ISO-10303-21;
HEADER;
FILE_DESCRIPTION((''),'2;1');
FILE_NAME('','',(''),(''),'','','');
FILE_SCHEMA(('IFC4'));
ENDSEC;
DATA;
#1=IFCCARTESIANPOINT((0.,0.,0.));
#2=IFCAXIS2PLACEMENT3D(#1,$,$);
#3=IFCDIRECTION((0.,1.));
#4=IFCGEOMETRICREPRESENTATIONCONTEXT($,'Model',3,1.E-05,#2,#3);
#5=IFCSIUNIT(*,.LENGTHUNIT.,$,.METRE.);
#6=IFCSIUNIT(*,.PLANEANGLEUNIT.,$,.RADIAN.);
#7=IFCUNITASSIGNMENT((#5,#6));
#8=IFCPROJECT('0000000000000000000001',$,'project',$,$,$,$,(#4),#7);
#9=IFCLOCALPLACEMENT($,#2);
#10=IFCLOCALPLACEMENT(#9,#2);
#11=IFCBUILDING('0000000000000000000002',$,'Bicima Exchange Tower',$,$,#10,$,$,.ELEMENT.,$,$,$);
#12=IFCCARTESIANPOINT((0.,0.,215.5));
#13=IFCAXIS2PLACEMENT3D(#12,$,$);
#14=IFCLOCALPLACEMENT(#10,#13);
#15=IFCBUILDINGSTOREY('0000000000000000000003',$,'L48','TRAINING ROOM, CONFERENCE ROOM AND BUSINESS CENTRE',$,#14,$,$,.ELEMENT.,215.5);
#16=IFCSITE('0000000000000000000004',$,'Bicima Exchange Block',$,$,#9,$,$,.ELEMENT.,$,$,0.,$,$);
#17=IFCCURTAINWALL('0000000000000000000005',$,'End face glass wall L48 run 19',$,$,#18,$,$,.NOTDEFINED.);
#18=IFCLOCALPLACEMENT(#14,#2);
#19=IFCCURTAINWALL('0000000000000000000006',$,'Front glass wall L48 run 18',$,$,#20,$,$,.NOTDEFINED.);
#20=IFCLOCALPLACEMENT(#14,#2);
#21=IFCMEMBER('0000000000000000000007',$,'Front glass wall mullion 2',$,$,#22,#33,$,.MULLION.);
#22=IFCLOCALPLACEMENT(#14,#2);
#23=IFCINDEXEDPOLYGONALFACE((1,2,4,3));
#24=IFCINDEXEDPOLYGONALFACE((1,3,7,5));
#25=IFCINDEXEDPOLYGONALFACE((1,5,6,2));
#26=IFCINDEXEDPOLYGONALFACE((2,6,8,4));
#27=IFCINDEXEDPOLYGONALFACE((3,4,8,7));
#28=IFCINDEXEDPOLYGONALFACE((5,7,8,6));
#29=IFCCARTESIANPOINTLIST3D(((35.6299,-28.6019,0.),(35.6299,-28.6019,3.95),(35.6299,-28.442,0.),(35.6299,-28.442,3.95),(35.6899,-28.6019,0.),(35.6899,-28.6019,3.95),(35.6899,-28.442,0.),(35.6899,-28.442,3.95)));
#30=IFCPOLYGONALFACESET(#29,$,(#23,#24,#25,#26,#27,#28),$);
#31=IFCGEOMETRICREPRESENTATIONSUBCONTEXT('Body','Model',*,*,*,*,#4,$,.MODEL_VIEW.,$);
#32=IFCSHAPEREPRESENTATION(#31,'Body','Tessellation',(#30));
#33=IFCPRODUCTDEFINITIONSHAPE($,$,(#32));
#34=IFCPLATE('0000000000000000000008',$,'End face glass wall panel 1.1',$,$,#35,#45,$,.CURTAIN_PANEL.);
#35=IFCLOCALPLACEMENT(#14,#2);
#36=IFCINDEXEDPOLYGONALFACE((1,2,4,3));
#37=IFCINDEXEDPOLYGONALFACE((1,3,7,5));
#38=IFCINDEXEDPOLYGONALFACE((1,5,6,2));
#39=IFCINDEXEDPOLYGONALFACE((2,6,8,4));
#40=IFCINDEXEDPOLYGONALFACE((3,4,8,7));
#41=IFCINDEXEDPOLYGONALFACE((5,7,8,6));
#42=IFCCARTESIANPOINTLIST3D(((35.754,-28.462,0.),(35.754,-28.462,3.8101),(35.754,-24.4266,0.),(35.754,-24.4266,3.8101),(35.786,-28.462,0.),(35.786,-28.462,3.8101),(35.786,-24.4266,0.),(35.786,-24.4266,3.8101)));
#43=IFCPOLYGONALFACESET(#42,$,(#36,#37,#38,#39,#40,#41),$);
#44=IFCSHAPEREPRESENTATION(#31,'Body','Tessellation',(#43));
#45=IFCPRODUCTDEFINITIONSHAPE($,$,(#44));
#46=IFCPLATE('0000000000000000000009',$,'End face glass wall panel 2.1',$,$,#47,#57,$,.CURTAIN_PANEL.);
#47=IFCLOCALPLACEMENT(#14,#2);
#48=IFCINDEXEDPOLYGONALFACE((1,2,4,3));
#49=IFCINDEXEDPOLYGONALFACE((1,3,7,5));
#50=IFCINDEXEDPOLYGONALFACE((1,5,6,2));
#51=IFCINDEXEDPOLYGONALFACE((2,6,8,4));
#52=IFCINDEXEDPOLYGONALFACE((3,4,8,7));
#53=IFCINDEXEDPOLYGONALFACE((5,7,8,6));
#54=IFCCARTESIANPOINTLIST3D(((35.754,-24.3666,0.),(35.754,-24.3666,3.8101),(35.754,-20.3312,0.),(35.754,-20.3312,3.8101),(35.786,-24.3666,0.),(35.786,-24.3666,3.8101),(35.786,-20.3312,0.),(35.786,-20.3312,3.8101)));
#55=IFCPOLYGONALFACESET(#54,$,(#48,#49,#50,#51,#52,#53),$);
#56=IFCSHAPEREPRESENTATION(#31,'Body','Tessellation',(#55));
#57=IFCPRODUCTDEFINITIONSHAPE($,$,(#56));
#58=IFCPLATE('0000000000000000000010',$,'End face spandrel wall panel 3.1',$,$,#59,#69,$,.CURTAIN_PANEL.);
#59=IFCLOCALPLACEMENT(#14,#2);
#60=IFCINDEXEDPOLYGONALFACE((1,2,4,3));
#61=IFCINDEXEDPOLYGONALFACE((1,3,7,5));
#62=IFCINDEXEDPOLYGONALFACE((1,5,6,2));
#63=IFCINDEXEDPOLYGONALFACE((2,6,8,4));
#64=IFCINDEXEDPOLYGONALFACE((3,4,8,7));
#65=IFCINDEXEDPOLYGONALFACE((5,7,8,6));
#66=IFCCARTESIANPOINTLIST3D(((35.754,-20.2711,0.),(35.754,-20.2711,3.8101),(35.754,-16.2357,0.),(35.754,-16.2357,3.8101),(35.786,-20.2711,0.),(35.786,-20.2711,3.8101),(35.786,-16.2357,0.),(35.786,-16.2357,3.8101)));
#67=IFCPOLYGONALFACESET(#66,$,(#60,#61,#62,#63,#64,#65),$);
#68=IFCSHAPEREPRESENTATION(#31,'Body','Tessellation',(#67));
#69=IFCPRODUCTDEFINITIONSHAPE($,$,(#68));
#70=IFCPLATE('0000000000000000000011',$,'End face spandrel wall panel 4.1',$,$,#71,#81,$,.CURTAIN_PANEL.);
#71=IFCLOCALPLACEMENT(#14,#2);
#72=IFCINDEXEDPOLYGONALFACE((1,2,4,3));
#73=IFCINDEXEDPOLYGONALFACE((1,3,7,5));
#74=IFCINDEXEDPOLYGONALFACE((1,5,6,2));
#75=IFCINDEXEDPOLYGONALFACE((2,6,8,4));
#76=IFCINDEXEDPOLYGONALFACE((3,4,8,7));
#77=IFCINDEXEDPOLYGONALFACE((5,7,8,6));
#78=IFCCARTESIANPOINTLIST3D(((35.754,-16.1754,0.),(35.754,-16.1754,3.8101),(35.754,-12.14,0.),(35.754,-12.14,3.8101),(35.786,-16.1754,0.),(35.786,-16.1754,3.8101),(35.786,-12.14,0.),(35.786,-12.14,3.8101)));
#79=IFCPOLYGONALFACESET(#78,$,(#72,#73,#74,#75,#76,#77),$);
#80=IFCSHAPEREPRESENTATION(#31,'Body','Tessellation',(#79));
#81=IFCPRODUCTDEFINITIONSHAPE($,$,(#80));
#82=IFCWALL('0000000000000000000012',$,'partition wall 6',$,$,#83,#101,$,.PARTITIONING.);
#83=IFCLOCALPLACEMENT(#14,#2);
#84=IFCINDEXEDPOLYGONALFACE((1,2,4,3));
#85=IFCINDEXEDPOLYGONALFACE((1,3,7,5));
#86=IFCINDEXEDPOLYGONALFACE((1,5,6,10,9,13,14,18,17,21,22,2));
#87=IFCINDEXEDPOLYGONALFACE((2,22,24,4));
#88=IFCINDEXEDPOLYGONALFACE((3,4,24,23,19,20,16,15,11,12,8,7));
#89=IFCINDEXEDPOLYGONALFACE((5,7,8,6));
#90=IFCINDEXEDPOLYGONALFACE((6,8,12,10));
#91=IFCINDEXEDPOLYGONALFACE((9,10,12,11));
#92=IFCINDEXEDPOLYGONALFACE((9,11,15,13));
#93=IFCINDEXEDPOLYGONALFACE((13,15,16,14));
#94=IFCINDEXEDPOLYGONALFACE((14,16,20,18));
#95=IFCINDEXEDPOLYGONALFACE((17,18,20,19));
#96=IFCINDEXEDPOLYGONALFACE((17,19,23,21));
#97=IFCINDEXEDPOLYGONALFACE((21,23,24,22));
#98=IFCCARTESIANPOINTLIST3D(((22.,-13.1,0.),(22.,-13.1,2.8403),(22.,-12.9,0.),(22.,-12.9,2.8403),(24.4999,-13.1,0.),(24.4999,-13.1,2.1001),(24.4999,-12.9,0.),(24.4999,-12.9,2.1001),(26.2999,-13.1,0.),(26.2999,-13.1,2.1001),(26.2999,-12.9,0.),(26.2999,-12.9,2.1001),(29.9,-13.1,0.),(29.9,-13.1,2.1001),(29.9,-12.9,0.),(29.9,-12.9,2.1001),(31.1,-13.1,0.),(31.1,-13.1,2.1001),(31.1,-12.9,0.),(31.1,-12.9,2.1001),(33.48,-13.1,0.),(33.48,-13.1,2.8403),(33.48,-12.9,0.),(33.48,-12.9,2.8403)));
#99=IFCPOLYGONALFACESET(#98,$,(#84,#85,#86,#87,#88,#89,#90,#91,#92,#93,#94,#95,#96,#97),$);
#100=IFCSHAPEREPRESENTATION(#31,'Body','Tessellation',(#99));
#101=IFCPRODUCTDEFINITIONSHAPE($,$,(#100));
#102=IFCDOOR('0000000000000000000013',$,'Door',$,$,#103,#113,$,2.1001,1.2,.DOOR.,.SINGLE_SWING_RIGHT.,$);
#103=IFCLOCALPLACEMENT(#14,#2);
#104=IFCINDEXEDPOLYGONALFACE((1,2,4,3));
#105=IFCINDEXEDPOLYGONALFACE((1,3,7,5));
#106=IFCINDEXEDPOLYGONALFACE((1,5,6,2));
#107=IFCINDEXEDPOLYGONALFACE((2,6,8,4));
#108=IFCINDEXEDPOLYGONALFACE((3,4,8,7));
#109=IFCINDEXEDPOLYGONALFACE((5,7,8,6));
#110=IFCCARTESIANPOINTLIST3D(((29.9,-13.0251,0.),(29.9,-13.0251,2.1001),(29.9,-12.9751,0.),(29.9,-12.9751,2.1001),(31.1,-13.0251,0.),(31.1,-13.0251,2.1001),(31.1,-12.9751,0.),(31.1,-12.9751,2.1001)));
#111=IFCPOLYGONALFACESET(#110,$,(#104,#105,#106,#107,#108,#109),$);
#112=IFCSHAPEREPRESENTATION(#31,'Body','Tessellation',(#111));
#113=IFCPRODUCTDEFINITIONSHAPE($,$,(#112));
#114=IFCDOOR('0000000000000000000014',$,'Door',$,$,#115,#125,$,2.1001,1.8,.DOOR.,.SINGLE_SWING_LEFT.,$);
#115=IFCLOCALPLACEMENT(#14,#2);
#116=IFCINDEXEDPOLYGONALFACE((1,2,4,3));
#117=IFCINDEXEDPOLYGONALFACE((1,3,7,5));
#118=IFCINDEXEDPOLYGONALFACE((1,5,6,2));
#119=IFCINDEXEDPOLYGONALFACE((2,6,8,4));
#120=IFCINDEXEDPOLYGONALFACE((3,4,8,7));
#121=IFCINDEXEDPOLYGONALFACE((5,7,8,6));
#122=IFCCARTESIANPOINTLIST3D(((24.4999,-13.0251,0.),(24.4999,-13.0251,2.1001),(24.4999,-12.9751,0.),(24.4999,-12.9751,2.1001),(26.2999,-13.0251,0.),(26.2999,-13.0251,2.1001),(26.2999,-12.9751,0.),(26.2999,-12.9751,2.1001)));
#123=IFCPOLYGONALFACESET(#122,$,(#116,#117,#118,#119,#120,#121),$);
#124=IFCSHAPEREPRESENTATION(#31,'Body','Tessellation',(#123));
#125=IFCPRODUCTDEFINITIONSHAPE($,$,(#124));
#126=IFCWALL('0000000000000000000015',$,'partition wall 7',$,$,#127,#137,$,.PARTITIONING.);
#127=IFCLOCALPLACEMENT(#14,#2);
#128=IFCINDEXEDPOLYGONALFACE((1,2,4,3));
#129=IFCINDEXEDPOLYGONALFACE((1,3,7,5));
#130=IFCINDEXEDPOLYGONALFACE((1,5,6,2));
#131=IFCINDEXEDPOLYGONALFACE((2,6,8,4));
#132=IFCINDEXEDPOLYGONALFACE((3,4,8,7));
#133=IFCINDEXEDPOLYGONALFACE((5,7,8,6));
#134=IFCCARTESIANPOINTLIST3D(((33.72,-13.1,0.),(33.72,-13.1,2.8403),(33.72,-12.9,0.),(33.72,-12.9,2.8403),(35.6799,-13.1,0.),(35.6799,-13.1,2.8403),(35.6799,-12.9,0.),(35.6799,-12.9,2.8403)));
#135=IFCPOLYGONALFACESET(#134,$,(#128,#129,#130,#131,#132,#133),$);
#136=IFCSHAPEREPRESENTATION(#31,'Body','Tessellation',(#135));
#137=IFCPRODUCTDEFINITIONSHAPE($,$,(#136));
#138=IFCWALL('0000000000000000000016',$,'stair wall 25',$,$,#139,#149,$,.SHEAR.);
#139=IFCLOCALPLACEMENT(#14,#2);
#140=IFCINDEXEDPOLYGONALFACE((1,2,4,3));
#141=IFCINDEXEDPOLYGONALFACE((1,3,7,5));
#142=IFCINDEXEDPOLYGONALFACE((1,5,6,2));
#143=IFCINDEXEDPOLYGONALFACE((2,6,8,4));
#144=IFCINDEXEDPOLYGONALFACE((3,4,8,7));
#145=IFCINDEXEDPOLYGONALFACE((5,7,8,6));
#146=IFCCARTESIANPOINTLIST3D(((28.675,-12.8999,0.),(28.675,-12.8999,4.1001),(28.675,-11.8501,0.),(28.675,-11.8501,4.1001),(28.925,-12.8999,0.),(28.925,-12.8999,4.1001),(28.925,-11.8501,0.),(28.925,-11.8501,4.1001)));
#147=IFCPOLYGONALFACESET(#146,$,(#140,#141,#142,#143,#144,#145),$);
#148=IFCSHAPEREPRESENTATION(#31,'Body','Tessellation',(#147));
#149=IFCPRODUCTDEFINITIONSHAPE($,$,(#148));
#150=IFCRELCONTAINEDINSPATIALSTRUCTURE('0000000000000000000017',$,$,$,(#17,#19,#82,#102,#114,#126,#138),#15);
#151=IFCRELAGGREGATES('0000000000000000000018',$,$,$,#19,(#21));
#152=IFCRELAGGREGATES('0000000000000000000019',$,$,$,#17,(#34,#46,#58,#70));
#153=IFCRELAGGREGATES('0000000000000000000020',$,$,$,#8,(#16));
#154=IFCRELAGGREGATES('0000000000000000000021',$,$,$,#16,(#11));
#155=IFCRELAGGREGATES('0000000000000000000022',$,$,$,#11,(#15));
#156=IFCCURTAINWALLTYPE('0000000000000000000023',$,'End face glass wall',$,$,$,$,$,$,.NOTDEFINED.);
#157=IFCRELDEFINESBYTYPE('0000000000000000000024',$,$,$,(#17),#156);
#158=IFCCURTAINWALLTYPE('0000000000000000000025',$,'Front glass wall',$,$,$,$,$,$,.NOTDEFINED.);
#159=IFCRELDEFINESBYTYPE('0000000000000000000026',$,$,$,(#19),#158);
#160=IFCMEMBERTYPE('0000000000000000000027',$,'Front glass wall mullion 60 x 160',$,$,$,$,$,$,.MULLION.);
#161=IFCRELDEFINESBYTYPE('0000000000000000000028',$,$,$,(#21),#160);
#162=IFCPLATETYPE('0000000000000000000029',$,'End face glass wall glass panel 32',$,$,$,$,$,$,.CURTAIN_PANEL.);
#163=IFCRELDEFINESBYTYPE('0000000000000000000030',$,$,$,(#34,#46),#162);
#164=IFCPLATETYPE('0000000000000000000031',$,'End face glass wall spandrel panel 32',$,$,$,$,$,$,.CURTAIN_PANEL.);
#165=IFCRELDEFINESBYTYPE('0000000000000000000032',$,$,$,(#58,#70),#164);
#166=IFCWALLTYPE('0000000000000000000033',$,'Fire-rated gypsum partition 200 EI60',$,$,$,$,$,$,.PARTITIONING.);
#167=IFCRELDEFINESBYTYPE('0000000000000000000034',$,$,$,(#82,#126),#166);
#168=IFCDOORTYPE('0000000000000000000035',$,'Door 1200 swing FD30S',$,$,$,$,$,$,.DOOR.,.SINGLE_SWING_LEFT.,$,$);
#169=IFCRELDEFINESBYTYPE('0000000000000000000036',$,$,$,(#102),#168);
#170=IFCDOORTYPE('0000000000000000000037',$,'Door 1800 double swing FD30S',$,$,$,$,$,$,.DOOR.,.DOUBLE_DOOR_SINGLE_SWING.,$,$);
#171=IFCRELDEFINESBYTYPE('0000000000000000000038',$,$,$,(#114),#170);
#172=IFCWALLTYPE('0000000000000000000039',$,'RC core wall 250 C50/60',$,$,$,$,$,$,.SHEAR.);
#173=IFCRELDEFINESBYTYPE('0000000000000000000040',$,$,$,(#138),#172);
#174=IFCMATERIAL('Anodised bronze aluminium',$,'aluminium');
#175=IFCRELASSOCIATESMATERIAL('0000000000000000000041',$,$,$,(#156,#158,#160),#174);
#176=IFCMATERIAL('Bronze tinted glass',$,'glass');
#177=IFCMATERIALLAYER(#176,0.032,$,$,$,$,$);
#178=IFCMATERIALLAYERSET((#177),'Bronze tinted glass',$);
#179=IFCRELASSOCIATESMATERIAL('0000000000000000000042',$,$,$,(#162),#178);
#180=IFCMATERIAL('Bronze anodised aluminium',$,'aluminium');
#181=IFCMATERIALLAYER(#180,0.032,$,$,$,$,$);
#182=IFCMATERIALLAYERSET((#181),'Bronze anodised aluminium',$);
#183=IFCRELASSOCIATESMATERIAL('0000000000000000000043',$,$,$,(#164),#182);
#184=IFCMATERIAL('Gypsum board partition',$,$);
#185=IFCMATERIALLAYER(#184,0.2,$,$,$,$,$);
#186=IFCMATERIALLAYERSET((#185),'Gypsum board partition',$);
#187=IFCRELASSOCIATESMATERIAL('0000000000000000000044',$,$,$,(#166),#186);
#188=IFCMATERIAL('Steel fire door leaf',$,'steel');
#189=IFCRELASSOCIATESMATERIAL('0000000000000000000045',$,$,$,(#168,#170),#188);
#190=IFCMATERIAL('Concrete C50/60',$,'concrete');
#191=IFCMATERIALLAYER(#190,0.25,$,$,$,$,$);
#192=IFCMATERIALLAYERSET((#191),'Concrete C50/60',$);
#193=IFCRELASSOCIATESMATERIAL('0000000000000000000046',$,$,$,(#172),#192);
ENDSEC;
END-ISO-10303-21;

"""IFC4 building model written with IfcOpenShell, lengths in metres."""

from ifc_helpers import new_model, si_unit, direction, frame, frame_2d, origin, origin_2d, place, context, subcontext, project, spatial, rectangle, extrude, material, layer, layer_set, material_profile, profile_set, type_object, element, fill, aggregate, save


model = new_model("IFC4")

# Units and contexts
model_context = context("Model", 3, precision=1e-05, world=origin(), true_north=direction((0.0, 1.0)))
body_context = subcontext(model_context, "Body", "Model", "MODEL_VIEW")
ifc_project = project(units=[si_unit("LENGTHUNIT", "METRE"), si_unit("PLANEANGLEUNIT", "RADIAN")], contexts=[model_context])

# Site, building, storey
site_placement = place(None, origin())
site = spatial("IfcSite", under=ifc_project, at=site_placement, Name="Bicima Exchange Block", CompositionType="ELEMENT", RefElevation=0.0)
building_placement = place(site_placement, origin())
building = spatial("IfcBuilding", under=site, at=building_placement, Name="Bicima Exchange Tower", CompositionType="ELEMENT")
storey_placement = place(building_placement, frame((0.0, 0.0, 215.5)))
storey = spatial("IfcBuildingStorey", under=building, at=storey_placement, Name="L48", Description="TRAINING ROOM, CONFERENCE ROOM AND BUSINESS CENTRE", CompositionType="ELEMENT", Elevation=215.5)

# Curtain wall
ifc_material_1 = material(Name="Anodised bronze aluminium", Category="aluminium")
curtain_wall_type_1 = type_object("IfcCurtainWallType", Name="End face glass wall", PredefinedType="NOTDEFINED", material=ifc_material_1)
curtain_wall_1_placement = place(storey_placement, origin())
curtain_wall_1 = element("IfcCurtainWall", 1, at=curtain_wall_1_placement, inside=storey, type_object=curtain_wall_type_1, Name="End face glass wall L48 run 19", PredefinedType="NOTDEFINED")
ifc_material_profile_1 = material_profile(ifc_material_1, rectangle(XDim=0.1599, YDim=0.0601, at=origin_2d()))
ifc_profile_set_1 = profile_set([ifc_material_profile_1], Name="Anodised bronze aluminium")

# Curtain wall, member
curtain_wall_type_2 = type_object("IfcCurtainWallType", Name="Front glass wall", PredefinedType="NOTDEFINED", material=ifc_material_1)
curtain_wall_2_placement = place(storey_placement, origin())
curtain_wall_2 = element("IfcCurtainWall", 2, at=curtain_wall_2_placement, inside=storey, type_object=curtain_wall_type_2, Name="Front glass wall L48 run 18", PredefinedType="NOTDEFINED")
member_type_1 = type_object("IfcMemberType", Name="Front glass wall mullion 60 x 160", PredefinedType="MULLION", material=ifc_profile_set_1)
member_1_placement = place(storey_placement, frame((35.6599, -28.522, 0.0), z_axis=(0.0, 0.0, 1.0), x_axis=(0.0, 1.0, 0.0)))
member_1 = element("IfcMember", 3, at=member_1_placement, type_object=member_type_1, Name="Front glass wall mullion 2", PredefinedType="MULLION", context=body_context, shape_type="SweptSolid", body=[
    extrude(rectangle(XDim=0.1599, YDim=0.0601, at=origin_2d()), origin(), (0.0, 0.0, 1.0), 3.95),
])
aggregate(curtain_wall_2, [member_1])

# Plates
ifc_material_2 = material(Name="Bronze tinted glass", Category="glass")
ifc_layer_1 = layer(ifc_material_2, 0.032)
ifc_layer_set_1 = layer_set([ifc_layer_1], Name="Bronze tinted glass")
plate_type_1 = type_object("IfcPlateType", Name="End face glass wall glass panel 32", PredefinedType="CURTAIN_PANEL", material=ifc_layer_set_1)
plate_1_placement = place(storey_placement, frame((35.77, -26.4443, 0.0), z_axis=(0.0, 0.0, 1.0), x_axis=(0.0, 1.0, 0.0)))
plate_1 = element("IfcPlate", 4, at=plate_1_placement, type_object=plate_type_1, Name="End face glass wall panel 1.1", PredefinedType="CURTAIN_PANEL", context=body_context, shape_type="SweptSolid", body=[
    extrude(rectangle(XDim=4.0354, YDim=0.032, at=origin_2d()), origin(), (0.0, 0.0, 1.0), 3.8101),
])
plate_2_placement = place(storey_placement, frame((35.77, -22.3489, 0.0), z_axis=(0.0, 0.0, 1.0), x_axis=(0.0, 1.0, 0.0)))
plate_2 = element("IfcPlate", 5, at=plate_2_placement, type_object=plate_type_1, Name="End face glass wall panel 2.1", PredefinedType="CURTAIN_PANEL", context=body_context, shape_type="SweptSolid", body=[
    extrude(rectangle(XDim=4.0354, YDim=0.032, at=origin_2d()), origin(), (0.0, 0.0, 1.0), 3.8101),
])
ifc_material_3 = material(Name="Bronze anodised aluminium", Category="aluminium")
ifc_layer_2 = layer(ifc_material_3, 0.032)
ifc_layer_set_2 = layer_set([ifc_layer_2], Name="Bronze anodised aluminium")
plate_type_2 = type_object("IfcPlateType", Name="End face glass wall spandrel panel 32", PredefinedType="CURTAIN_PANEL", material=ifc_layer_set_2)
plate_3_placement = place(storey_placement, frame((35.77, -18.2534, 0.0), z_axis=(0.0, 0.0, 1.0), x_axis=(0.0, 1.0, 0.0)))
plate_3 = element("IfcPlate", 6, at=plate_3_placement, type_object=plate_type_2, Name="End face spandrel wall panel 3.1", PredefinedType="CURTAIN_PANEL", context=body_context, shape_type="SweptSolid", body=[
    extrude(rectangle(XDim=4.0354, YDim=0.032, at=origin_2d()), origin(), (0.0, 0.0, 1.0), 3.8101),
])
plate_4_placement = place(storey_placement, frame((35.77, -14.1577, 0.0), z_axis=(0.0, 0.0, 1.0), x_axis=(0.0, 1.0, 0.0)))
plate_4 = element("IfcPlate", 7, at=plate_4_placement, type_object=plate_type_2, Name="End face spandrel wall panel 4.1", PredefinedType="CURTAIN_PANEL", context=body_context, shape_type="SweptSolid", body=[
    extrude(rectangle(XDim=4.0354, YDim=0.032, at=origin_2d()), origin(), (0.0, 0.0, 1.0), 3.8101),
])
aggregate(curtain_wall_1, [plate_1, plate_2, plate_3, plate_4])

# Wall, openings, doors
ifc_material_4 = material(Name="Gypsum board partition")
ifc_layer_3 = layer(ifc_material_4, 0.2)
ifc_layer_set_3 = layer_set([ifc_layer_3], Name="Gypsum board partition")
wall_type_1 = type_object("IfcWallType", Name="Fire-rated gypsum partition 200 EI60", PredefinedType="PARTITIONING", material=ifc_layer_set_3)
wall_1_placement = place(storey_placement, frame((22.0, -13.0, 0.0), z_axis=(0.0, 0.0, 1.0), x_axis=(1.0, 0.0, 0.0)))
wall_1 = element("IfcWall", 8, at=wall_1_placement, inside=storey, type_object=wall_type_1, Name="partition wall 6", PredefinedType="PARTITIONING", context=body_context, shape_type="SweptSolid", body=[
    extrude(rectangle(XDim=11.48, YDim=0.2, at=frame_2d((5.74, 0.0))), origin(), (0.0, 0.0, 1.0), 2.8403),
])
opening_1_placement = place(wall_1_placement, frame((7.8999, 0.0, 0.0)))
opening_1 = element("IfcOpeningElement", 9, at=opening_1_placement, cuts=wall_1, PredefinedType="OPENING", context=body_context, shape_type="SweptSolid", body=[
    extrude(rectangle(XDim=1.2, YDim=2.1001, at=frame_2d((0.6001, 1.05))), frame((0.0, 0.1118, 0.0), z_axis=(0.0, -1.0, 0.0), x_axis=(1.0, 0.0, 0.0)), (0.0, 0.0, 1.0), 0.2239),
])
opening_2_placement = place(wall_1_placement, frame((2.5, 0.0, 0.0)))
opening_2 = element("IfcOpeningElement", 10, at=opening_2_placement, cuts=wall_1, PredefinedType="OPENING", context=body_context, shape_type="SweptSolid", body=[
    extrude(rectangle(XDim=1.8, YDim=2.1001, at=frame_2d((0.8999, 1.05))), frame((0.0, 0.1118, 0.0), z_axis=(0.0, -1.0, 0.0), x_axis=(1.0, 0.0, 0.0)), (0.0, 0.0, 1.0), 0.2239),
])
ifc_material_5 = material(Name="Steel fire door leaf", Category="steel")
door_type_1 = type_object("IfcDoorType", Name="Door 1200 swing FD30S", OperationType="SINGLE_SWING_LEFT", PredefinedType="DOOR", material=ifc_material_5)
door_1_placement = place(opening_1_placement, origin())
door_1 = element("IfcDoor", 11, at=door_1_placement, inside=storey, type_object=door_type_1, Name="Door", OperationType="SINGLE_SWING_RIGHT", OverallHeight=2.1001, OverallWidth=1.2, PredefinedType="DOOR", context=body_context, shape_type="SweptSolid", body=[
    extrude(rectangle(XDim=1.2, YDim=2.1001, at=frame_2d((0.6001, 1.05))), frame((0.0, 0.0249, 0.0), z_axis=(0.0, -1.0, 0.0), x_axis=(1.0, 0.0, 0.0)), (0.0, 0.0, 1.0), 0.05),
])
fill(opening_1, door_1)
door_type_2 = type_object("IfcDoorType", Name="Door 1800 double swing FD30S", OperationType="DOUBLE_DOOR_SINGLE_SWING", PredefinedType="DOOR", material=ifc_material_5)
door_2_placement = place(opening_2_placement, origin())
door_2 = element("IfcDoor", 12, at=door_2_placement, inside=storey, type_object=door_type_2, Name="Door", OperationType="SINGLE_SWING_LEFT", OverallHeight=2.1001, OverallWidth=1.8, PredefinedType="DOOR", context=body_context, shape_type="SweptSolid", body=[
    extrude(rectangle(XDim=1.8, YDim=2.1001, at=frame_2d((0.8999, 1.05))), frame((0.0, 0.0249, 0.0), z_axis=(0.0, -1.0, 0.0), x_axis=(1.0, 0.0, 0.0)), (0.0, 0.0, 1.0), 0.05),
])
fill(opening_2, door_2)

# Walls
wall_2_placement = place(storey_placement, frame((33.72, -13.0, 0.0), z_axis=(0.0, 0.0, 1.0), x_axis=(1.0, 0.0, 0.0)))
element("IfcWall", 13, at=wall_2_placement, inside=storey, type_object=wall_type_1, Name="partition wall 7", PredefinedType="PARTITIONING", context=body_context, shape_type="SweptSolid", body=[
    extrude(rectangle(XDim=1.96, YDim=0.2, at=frame_2d((0.98, 0.0))), origin(), (0.0, 0.0, 1.0), 2.8403),
])
ifc_material_6 = material(Name="Concrete C50/60", Category="concrete")
ifc_layer_4 = layer(ifc_material_6, 0.25)
ifc_layer_set_4 = layer_set([ifc_layer_4], Name="Concrete C50/60")
wall_type_2 = type_object("IfcWallType", Name="RC core wall 250 C50/60", PredefinedType="SHEAR", material=ifc_layer_set_4)
wall_3_placement = place(storey_placement, frame((28.8, -12.8999, 0.0), z_axis=(0.0, 0.0, 1.0), x_axis=(0.0, 1.0, 0.0)))
element("IfcWall", 14, at=wall_3_placement, inside=storey, type_object=wall_type_2, Name="stair wall 25", PredefinedType="SHEAR", context=body_context, shape_type="SweptSolid", body=[
    extrude(rectangle(XDim=1.0498, YDim=0.25, at=frame_2d((0.5249, 0.0))), origin(), (0.0, 0.0, 1.0), 4.1001),
])

save(model, "model.ifc")
